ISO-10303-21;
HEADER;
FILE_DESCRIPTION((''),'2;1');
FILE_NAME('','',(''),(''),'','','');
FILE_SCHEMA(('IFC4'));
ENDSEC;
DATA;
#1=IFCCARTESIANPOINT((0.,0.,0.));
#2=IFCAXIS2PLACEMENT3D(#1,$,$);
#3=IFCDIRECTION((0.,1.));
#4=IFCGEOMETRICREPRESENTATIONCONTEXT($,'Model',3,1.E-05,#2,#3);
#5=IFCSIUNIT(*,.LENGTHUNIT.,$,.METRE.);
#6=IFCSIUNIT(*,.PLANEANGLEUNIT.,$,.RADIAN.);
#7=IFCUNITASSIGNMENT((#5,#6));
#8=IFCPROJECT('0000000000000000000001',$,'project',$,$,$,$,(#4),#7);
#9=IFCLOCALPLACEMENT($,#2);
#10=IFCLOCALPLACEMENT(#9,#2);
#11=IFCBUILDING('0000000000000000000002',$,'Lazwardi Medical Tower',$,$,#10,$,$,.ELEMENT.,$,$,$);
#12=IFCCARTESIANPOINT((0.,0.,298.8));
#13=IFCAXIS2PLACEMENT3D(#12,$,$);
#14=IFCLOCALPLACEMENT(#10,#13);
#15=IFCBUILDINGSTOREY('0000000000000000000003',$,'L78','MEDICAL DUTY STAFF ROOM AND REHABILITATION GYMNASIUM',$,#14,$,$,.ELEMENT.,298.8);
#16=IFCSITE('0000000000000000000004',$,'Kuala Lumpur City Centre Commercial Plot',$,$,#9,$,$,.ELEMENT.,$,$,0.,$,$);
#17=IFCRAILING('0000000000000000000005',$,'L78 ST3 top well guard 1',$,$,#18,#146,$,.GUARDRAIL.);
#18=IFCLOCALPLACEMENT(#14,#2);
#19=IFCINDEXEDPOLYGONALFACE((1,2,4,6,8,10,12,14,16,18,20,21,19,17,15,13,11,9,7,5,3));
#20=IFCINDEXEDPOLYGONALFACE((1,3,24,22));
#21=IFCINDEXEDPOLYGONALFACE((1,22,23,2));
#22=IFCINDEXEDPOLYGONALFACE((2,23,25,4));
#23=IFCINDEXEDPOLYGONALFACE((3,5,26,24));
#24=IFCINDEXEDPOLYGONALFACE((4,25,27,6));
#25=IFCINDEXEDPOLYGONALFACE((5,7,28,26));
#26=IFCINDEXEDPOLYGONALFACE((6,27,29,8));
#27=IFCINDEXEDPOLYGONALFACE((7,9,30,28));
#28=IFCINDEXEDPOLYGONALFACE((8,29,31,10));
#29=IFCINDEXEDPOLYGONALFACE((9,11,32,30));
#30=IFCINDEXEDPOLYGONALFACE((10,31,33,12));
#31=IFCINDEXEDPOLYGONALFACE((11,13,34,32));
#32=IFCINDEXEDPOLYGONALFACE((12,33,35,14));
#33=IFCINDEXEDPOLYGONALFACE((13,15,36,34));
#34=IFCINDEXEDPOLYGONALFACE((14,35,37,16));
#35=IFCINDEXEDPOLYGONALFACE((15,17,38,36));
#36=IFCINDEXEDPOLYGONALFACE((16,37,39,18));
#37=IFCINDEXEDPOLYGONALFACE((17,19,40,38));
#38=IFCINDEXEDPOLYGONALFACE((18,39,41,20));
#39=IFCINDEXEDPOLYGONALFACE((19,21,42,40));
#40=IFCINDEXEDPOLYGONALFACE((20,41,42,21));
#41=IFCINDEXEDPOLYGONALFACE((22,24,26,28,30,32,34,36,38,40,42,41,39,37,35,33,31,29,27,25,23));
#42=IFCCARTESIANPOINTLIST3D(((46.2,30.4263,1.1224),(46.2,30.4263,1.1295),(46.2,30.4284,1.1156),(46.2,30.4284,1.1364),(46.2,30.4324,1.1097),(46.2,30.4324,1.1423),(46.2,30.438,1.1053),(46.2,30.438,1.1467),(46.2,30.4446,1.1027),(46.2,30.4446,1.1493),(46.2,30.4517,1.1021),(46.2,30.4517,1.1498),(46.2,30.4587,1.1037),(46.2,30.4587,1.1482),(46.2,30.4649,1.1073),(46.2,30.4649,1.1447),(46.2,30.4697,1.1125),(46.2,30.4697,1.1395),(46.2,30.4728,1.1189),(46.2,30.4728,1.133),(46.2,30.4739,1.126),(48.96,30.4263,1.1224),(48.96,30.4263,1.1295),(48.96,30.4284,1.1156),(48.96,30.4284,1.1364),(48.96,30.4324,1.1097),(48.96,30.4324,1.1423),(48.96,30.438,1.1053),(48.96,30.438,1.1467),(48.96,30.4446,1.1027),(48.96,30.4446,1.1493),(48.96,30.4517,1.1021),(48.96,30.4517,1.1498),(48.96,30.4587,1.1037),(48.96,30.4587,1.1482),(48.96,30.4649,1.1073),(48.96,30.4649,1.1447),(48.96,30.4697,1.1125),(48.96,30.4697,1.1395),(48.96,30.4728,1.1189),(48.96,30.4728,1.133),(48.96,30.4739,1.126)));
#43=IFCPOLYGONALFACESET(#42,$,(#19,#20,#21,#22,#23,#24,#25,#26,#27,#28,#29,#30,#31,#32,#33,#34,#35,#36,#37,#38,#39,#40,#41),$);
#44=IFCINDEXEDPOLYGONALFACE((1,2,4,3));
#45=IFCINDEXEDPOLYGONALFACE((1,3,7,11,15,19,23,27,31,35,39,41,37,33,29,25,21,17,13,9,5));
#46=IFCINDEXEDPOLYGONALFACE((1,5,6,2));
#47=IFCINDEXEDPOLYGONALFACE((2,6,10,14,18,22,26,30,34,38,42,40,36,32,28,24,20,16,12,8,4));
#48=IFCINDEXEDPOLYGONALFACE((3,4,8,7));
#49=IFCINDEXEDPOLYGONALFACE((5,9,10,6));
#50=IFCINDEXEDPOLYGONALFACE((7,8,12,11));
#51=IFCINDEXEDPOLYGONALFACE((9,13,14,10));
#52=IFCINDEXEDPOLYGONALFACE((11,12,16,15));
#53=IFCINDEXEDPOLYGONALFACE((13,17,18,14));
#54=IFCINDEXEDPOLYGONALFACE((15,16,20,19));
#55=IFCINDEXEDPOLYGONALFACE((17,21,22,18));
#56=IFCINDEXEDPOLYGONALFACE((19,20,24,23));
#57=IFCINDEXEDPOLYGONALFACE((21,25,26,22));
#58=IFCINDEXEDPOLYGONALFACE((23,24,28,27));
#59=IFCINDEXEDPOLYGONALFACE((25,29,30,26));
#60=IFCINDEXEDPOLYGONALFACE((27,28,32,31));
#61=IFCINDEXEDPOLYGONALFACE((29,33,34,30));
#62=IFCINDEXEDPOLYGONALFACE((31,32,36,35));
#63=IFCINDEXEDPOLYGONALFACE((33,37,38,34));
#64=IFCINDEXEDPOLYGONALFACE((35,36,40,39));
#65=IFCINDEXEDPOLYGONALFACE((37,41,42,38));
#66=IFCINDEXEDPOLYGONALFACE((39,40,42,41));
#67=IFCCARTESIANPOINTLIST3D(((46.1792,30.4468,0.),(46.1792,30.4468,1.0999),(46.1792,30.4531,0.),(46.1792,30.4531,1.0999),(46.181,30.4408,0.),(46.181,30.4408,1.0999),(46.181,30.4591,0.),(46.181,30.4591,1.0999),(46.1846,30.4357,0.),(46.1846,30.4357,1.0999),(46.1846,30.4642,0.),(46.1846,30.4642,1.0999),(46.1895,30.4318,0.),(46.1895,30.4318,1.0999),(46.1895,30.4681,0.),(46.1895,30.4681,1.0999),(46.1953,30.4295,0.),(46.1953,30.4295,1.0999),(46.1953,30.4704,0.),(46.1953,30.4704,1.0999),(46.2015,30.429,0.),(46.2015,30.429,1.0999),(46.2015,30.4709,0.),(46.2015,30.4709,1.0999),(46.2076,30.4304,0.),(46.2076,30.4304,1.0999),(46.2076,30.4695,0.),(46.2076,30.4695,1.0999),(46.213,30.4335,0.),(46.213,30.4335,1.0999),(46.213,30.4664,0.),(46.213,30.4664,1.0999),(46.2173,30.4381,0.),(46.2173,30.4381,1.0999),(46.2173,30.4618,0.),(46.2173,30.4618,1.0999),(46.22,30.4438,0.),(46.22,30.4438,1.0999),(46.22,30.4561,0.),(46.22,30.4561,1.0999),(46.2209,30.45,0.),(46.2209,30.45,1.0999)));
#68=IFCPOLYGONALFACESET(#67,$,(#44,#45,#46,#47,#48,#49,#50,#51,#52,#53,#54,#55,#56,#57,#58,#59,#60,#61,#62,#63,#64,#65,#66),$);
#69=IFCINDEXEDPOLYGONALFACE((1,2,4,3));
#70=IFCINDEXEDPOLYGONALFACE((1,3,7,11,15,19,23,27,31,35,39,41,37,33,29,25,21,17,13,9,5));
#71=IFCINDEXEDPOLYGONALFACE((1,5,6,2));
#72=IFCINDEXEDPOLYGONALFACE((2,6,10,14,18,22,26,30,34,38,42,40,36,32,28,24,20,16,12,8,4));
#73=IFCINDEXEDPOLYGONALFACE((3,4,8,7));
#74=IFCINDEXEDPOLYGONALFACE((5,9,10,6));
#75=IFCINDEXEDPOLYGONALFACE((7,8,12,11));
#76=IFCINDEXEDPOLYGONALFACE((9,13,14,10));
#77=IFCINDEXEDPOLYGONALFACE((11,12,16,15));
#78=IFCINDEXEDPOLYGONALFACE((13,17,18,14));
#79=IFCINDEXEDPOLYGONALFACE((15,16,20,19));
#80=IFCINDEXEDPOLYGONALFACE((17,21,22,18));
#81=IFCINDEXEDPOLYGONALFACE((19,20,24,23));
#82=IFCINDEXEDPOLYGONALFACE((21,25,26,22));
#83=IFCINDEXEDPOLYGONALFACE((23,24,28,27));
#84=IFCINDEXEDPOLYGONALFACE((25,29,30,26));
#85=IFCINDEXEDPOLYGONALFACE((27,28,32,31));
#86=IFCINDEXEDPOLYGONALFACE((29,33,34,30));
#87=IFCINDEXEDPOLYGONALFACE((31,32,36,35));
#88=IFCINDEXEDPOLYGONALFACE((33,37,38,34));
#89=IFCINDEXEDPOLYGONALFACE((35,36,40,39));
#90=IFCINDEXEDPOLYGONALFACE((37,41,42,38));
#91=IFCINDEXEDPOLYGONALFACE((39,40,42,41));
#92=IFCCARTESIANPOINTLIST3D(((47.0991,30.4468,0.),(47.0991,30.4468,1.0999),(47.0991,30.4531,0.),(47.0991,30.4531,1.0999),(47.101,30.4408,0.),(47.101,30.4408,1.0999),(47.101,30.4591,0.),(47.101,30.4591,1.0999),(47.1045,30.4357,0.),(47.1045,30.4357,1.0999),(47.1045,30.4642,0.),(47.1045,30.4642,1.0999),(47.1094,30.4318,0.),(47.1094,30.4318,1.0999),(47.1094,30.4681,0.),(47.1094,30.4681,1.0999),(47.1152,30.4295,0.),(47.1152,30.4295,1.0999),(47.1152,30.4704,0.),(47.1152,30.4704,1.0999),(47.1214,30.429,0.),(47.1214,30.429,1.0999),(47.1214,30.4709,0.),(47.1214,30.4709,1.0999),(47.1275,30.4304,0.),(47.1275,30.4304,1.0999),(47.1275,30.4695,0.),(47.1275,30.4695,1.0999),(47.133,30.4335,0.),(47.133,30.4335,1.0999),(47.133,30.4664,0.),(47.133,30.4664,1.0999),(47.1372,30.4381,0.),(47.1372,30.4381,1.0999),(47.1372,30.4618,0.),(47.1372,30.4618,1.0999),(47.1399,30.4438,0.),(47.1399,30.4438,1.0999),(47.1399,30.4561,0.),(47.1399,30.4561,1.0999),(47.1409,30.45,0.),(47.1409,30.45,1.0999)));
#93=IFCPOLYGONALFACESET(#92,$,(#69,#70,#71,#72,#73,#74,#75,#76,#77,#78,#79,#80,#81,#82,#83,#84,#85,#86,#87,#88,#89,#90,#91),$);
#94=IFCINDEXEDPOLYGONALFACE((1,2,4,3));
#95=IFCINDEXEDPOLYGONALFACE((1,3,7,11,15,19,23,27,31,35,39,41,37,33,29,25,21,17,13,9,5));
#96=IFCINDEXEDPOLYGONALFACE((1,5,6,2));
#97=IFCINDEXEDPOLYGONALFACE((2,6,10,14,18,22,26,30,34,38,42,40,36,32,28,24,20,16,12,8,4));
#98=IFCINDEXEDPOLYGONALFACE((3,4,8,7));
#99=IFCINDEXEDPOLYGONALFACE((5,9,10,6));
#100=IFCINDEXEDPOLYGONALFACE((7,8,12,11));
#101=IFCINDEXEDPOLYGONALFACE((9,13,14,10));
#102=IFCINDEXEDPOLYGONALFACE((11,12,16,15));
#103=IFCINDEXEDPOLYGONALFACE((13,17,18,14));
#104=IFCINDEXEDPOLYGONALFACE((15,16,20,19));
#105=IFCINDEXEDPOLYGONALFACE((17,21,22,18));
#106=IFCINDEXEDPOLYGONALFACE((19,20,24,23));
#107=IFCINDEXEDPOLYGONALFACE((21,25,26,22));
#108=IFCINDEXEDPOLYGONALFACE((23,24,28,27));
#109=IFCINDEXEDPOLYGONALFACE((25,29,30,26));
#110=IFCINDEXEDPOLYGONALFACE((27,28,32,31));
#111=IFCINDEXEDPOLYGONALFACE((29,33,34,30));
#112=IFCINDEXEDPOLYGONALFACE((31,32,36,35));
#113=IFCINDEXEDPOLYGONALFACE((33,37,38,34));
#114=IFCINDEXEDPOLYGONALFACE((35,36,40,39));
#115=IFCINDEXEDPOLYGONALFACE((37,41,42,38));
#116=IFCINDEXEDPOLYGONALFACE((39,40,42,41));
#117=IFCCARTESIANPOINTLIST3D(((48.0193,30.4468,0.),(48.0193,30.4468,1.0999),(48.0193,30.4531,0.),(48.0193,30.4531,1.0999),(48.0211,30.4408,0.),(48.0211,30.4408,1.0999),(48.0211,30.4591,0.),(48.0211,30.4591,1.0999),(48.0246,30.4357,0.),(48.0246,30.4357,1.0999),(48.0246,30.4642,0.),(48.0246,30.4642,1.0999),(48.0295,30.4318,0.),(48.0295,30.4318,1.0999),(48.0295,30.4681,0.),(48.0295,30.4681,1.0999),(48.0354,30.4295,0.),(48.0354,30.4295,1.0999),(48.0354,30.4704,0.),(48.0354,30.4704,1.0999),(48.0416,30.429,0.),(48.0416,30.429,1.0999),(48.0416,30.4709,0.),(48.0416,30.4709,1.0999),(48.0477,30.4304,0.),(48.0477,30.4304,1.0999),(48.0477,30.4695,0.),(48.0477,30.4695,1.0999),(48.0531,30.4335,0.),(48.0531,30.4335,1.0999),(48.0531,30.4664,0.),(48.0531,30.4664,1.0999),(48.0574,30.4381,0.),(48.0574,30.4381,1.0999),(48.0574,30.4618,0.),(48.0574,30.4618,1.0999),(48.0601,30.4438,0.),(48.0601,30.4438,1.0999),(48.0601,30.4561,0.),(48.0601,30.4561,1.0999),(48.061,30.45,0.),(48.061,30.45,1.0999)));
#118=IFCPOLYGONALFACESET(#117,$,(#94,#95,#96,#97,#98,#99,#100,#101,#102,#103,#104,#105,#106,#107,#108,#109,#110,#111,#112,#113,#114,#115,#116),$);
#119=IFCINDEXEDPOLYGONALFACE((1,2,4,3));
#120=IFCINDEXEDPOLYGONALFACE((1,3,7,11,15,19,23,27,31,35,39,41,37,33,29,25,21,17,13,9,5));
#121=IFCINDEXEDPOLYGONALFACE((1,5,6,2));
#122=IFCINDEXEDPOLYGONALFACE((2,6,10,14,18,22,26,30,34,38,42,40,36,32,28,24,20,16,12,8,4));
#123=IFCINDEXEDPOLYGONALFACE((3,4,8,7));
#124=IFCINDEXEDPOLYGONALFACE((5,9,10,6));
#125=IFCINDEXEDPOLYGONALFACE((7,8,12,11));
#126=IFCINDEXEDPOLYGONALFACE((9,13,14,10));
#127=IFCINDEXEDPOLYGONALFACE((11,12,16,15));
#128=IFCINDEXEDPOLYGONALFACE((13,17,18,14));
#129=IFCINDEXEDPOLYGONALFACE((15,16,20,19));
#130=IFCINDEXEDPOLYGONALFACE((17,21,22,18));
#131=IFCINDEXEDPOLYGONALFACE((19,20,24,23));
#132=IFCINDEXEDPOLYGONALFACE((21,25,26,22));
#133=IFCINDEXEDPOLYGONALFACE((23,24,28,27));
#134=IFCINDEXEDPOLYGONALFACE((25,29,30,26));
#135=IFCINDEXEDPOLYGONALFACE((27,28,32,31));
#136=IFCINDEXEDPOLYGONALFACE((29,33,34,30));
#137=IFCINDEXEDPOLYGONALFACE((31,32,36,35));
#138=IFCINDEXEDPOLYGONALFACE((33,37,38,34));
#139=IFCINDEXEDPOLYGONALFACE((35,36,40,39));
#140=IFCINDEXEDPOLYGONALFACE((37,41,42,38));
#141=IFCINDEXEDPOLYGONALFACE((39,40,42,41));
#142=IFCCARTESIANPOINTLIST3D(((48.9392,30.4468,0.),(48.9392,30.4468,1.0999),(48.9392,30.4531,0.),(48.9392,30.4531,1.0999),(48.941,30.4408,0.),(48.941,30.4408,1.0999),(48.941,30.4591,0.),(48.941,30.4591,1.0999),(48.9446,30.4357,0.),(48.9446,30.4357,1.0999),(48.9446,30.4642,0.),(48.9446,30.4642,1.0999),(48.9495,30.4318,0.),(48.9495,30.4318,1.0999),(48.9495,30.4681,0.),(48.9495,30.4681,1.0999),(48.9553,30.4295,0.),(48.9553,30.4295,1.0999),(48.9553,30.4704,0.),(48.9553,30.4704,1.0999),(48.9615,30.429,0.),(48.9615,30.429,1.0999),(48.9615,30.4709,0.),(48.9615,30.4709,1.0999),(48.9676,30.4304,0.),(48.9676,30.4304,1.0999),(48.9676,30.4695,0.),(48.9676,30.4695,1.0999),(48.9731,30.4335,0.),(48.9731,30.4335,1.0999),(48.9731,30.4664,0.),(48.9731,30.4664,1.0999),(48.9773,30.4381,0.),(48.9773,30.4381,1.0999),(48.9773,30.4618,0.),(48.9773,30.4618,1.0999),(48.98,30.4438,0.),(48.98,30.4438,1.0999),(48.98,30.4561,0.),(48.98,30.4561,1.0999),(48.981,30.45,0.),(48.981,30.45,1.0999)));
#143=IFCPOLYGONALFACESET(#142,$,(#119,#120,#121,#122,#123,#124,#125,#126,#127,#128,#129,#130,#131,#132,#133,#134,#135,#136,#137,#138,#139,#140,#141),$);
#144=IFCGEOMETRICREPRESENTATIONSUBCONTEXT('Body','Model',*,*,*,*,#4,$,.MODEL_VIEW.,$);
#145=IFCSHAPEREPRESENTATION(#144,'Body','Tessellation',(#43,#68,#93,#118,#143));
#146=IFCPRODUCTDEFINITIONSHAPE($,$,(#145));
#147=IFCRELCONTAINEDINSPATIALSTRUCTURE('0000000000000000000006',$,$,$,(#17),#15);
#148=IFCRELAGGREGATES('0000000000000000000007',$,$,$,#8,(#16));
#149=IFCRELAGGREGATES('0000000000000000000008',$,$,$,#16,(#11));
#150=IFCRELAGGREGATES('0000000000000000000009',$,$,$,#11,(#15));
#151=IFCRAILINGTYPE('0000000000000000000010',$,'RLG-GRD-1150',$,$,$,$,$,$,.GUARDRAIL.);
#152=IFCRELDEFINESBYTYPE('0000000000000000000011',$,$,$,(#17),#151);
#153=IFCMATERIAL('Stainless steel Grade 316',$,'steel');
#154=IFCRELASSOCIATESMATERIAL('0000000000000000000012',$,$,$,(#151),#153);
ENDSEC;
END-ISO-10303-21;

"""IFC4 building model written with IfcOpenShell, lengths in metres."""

from ifc_helpers import new_model, si_unit, direction, frame, origin, origin_2d, place, context, subcontext, project, spatial, circle, extrude, material, type_object, element, save


model = new_model("IFC4")

# Units and contexts
model_context = context("Model", 3, precision=1e-05, world=origin(), true_north=direction((0.0, 1.0)))
body_context = subcontext(model_context, "Body", "Model", "MODEL_VIEW")
ifc_project = project(units=[si_unit("LENGTHUNIT", "METRE"), si_unit("PLANEANGLEUNIT", "RADIAN")], contexts=[model_context])

# Site, building, storey
site_placement = place(None, origin())
site = spatial("IfcSite", under=ifc_project, at=site_placement, Name="Kuala Lumpur City Centre Commercial Plot", CompositionType="ELEMENT", RefElevation=0.0)
building_placement = place(site_placement, origin())
building = spatial("IfcBuilding", under=site, at=building_placement, Name="Lazwardi Medical Tower", CompositionType="ELEMENT")
storey_placement = place(building_placement, frame((0.0, 0.0, 298.8)))
storey = spatial("IfcBuildingStorey", under=building, at=storey_placement, Name="L78", Description="MEDICAL DUTY STAFF ROOM AND REHABILITATION GYMNASIUM", CompositionType="ELEMENT", Elevation=298.8)

# Railing
ifc_material_1 = material(Name="Stainless steel Grade 316", Category="steel")
railing_type_1 = type_object("IfcRailingType", Name="RLG-GRD-1150", PredefinedType="GUARDRAIL", material=ifc_material_1)
railing_1_placement = place(storey_placement, frame((46.2, 30.45, 0.0)))
element("IfcRailing", 1, at=railing_1_placement, inside=storey, type_object=railing_type_1, Name="L78 ST3 top well guard 1", PredefinedType="GUARDRAIL", context=body_context, shape_type="SweptSolid", body=[
    extrude(circle(Radius=0.0239, at=origin_2d()), frame((0.0, 0.0, 1.126), z_axis=(1.0, 0.0, 0.0), x_axis=(0.0, 1.0, 0.0)), (0.0, 0.0, 1.0), 2.76),
    extrude(circle(Radius=0.021, at=origin_2d()), origin(), (0.0, 0.0, 1.0), 1.0999),
    extrude(circle(Radius=0.021, at=origin_2d()), frame((0.9199, 0.0, 0.0)), (0.0, 0.0, 1.0), 1.0999),
    extrude(circle(Radius=0.021, at=origin_2d()), frame((1.8401, 0.0, 0.0)), (0.0, 0.0, 1.0), 1.0999),
    extrude(circle(Radius=0.021, at=origin_2d()), frame((2.76, 0.0, 0.0)), (0.0, 0.0, 1.0), 1.0999),
])

save(model, "model.ifc")
